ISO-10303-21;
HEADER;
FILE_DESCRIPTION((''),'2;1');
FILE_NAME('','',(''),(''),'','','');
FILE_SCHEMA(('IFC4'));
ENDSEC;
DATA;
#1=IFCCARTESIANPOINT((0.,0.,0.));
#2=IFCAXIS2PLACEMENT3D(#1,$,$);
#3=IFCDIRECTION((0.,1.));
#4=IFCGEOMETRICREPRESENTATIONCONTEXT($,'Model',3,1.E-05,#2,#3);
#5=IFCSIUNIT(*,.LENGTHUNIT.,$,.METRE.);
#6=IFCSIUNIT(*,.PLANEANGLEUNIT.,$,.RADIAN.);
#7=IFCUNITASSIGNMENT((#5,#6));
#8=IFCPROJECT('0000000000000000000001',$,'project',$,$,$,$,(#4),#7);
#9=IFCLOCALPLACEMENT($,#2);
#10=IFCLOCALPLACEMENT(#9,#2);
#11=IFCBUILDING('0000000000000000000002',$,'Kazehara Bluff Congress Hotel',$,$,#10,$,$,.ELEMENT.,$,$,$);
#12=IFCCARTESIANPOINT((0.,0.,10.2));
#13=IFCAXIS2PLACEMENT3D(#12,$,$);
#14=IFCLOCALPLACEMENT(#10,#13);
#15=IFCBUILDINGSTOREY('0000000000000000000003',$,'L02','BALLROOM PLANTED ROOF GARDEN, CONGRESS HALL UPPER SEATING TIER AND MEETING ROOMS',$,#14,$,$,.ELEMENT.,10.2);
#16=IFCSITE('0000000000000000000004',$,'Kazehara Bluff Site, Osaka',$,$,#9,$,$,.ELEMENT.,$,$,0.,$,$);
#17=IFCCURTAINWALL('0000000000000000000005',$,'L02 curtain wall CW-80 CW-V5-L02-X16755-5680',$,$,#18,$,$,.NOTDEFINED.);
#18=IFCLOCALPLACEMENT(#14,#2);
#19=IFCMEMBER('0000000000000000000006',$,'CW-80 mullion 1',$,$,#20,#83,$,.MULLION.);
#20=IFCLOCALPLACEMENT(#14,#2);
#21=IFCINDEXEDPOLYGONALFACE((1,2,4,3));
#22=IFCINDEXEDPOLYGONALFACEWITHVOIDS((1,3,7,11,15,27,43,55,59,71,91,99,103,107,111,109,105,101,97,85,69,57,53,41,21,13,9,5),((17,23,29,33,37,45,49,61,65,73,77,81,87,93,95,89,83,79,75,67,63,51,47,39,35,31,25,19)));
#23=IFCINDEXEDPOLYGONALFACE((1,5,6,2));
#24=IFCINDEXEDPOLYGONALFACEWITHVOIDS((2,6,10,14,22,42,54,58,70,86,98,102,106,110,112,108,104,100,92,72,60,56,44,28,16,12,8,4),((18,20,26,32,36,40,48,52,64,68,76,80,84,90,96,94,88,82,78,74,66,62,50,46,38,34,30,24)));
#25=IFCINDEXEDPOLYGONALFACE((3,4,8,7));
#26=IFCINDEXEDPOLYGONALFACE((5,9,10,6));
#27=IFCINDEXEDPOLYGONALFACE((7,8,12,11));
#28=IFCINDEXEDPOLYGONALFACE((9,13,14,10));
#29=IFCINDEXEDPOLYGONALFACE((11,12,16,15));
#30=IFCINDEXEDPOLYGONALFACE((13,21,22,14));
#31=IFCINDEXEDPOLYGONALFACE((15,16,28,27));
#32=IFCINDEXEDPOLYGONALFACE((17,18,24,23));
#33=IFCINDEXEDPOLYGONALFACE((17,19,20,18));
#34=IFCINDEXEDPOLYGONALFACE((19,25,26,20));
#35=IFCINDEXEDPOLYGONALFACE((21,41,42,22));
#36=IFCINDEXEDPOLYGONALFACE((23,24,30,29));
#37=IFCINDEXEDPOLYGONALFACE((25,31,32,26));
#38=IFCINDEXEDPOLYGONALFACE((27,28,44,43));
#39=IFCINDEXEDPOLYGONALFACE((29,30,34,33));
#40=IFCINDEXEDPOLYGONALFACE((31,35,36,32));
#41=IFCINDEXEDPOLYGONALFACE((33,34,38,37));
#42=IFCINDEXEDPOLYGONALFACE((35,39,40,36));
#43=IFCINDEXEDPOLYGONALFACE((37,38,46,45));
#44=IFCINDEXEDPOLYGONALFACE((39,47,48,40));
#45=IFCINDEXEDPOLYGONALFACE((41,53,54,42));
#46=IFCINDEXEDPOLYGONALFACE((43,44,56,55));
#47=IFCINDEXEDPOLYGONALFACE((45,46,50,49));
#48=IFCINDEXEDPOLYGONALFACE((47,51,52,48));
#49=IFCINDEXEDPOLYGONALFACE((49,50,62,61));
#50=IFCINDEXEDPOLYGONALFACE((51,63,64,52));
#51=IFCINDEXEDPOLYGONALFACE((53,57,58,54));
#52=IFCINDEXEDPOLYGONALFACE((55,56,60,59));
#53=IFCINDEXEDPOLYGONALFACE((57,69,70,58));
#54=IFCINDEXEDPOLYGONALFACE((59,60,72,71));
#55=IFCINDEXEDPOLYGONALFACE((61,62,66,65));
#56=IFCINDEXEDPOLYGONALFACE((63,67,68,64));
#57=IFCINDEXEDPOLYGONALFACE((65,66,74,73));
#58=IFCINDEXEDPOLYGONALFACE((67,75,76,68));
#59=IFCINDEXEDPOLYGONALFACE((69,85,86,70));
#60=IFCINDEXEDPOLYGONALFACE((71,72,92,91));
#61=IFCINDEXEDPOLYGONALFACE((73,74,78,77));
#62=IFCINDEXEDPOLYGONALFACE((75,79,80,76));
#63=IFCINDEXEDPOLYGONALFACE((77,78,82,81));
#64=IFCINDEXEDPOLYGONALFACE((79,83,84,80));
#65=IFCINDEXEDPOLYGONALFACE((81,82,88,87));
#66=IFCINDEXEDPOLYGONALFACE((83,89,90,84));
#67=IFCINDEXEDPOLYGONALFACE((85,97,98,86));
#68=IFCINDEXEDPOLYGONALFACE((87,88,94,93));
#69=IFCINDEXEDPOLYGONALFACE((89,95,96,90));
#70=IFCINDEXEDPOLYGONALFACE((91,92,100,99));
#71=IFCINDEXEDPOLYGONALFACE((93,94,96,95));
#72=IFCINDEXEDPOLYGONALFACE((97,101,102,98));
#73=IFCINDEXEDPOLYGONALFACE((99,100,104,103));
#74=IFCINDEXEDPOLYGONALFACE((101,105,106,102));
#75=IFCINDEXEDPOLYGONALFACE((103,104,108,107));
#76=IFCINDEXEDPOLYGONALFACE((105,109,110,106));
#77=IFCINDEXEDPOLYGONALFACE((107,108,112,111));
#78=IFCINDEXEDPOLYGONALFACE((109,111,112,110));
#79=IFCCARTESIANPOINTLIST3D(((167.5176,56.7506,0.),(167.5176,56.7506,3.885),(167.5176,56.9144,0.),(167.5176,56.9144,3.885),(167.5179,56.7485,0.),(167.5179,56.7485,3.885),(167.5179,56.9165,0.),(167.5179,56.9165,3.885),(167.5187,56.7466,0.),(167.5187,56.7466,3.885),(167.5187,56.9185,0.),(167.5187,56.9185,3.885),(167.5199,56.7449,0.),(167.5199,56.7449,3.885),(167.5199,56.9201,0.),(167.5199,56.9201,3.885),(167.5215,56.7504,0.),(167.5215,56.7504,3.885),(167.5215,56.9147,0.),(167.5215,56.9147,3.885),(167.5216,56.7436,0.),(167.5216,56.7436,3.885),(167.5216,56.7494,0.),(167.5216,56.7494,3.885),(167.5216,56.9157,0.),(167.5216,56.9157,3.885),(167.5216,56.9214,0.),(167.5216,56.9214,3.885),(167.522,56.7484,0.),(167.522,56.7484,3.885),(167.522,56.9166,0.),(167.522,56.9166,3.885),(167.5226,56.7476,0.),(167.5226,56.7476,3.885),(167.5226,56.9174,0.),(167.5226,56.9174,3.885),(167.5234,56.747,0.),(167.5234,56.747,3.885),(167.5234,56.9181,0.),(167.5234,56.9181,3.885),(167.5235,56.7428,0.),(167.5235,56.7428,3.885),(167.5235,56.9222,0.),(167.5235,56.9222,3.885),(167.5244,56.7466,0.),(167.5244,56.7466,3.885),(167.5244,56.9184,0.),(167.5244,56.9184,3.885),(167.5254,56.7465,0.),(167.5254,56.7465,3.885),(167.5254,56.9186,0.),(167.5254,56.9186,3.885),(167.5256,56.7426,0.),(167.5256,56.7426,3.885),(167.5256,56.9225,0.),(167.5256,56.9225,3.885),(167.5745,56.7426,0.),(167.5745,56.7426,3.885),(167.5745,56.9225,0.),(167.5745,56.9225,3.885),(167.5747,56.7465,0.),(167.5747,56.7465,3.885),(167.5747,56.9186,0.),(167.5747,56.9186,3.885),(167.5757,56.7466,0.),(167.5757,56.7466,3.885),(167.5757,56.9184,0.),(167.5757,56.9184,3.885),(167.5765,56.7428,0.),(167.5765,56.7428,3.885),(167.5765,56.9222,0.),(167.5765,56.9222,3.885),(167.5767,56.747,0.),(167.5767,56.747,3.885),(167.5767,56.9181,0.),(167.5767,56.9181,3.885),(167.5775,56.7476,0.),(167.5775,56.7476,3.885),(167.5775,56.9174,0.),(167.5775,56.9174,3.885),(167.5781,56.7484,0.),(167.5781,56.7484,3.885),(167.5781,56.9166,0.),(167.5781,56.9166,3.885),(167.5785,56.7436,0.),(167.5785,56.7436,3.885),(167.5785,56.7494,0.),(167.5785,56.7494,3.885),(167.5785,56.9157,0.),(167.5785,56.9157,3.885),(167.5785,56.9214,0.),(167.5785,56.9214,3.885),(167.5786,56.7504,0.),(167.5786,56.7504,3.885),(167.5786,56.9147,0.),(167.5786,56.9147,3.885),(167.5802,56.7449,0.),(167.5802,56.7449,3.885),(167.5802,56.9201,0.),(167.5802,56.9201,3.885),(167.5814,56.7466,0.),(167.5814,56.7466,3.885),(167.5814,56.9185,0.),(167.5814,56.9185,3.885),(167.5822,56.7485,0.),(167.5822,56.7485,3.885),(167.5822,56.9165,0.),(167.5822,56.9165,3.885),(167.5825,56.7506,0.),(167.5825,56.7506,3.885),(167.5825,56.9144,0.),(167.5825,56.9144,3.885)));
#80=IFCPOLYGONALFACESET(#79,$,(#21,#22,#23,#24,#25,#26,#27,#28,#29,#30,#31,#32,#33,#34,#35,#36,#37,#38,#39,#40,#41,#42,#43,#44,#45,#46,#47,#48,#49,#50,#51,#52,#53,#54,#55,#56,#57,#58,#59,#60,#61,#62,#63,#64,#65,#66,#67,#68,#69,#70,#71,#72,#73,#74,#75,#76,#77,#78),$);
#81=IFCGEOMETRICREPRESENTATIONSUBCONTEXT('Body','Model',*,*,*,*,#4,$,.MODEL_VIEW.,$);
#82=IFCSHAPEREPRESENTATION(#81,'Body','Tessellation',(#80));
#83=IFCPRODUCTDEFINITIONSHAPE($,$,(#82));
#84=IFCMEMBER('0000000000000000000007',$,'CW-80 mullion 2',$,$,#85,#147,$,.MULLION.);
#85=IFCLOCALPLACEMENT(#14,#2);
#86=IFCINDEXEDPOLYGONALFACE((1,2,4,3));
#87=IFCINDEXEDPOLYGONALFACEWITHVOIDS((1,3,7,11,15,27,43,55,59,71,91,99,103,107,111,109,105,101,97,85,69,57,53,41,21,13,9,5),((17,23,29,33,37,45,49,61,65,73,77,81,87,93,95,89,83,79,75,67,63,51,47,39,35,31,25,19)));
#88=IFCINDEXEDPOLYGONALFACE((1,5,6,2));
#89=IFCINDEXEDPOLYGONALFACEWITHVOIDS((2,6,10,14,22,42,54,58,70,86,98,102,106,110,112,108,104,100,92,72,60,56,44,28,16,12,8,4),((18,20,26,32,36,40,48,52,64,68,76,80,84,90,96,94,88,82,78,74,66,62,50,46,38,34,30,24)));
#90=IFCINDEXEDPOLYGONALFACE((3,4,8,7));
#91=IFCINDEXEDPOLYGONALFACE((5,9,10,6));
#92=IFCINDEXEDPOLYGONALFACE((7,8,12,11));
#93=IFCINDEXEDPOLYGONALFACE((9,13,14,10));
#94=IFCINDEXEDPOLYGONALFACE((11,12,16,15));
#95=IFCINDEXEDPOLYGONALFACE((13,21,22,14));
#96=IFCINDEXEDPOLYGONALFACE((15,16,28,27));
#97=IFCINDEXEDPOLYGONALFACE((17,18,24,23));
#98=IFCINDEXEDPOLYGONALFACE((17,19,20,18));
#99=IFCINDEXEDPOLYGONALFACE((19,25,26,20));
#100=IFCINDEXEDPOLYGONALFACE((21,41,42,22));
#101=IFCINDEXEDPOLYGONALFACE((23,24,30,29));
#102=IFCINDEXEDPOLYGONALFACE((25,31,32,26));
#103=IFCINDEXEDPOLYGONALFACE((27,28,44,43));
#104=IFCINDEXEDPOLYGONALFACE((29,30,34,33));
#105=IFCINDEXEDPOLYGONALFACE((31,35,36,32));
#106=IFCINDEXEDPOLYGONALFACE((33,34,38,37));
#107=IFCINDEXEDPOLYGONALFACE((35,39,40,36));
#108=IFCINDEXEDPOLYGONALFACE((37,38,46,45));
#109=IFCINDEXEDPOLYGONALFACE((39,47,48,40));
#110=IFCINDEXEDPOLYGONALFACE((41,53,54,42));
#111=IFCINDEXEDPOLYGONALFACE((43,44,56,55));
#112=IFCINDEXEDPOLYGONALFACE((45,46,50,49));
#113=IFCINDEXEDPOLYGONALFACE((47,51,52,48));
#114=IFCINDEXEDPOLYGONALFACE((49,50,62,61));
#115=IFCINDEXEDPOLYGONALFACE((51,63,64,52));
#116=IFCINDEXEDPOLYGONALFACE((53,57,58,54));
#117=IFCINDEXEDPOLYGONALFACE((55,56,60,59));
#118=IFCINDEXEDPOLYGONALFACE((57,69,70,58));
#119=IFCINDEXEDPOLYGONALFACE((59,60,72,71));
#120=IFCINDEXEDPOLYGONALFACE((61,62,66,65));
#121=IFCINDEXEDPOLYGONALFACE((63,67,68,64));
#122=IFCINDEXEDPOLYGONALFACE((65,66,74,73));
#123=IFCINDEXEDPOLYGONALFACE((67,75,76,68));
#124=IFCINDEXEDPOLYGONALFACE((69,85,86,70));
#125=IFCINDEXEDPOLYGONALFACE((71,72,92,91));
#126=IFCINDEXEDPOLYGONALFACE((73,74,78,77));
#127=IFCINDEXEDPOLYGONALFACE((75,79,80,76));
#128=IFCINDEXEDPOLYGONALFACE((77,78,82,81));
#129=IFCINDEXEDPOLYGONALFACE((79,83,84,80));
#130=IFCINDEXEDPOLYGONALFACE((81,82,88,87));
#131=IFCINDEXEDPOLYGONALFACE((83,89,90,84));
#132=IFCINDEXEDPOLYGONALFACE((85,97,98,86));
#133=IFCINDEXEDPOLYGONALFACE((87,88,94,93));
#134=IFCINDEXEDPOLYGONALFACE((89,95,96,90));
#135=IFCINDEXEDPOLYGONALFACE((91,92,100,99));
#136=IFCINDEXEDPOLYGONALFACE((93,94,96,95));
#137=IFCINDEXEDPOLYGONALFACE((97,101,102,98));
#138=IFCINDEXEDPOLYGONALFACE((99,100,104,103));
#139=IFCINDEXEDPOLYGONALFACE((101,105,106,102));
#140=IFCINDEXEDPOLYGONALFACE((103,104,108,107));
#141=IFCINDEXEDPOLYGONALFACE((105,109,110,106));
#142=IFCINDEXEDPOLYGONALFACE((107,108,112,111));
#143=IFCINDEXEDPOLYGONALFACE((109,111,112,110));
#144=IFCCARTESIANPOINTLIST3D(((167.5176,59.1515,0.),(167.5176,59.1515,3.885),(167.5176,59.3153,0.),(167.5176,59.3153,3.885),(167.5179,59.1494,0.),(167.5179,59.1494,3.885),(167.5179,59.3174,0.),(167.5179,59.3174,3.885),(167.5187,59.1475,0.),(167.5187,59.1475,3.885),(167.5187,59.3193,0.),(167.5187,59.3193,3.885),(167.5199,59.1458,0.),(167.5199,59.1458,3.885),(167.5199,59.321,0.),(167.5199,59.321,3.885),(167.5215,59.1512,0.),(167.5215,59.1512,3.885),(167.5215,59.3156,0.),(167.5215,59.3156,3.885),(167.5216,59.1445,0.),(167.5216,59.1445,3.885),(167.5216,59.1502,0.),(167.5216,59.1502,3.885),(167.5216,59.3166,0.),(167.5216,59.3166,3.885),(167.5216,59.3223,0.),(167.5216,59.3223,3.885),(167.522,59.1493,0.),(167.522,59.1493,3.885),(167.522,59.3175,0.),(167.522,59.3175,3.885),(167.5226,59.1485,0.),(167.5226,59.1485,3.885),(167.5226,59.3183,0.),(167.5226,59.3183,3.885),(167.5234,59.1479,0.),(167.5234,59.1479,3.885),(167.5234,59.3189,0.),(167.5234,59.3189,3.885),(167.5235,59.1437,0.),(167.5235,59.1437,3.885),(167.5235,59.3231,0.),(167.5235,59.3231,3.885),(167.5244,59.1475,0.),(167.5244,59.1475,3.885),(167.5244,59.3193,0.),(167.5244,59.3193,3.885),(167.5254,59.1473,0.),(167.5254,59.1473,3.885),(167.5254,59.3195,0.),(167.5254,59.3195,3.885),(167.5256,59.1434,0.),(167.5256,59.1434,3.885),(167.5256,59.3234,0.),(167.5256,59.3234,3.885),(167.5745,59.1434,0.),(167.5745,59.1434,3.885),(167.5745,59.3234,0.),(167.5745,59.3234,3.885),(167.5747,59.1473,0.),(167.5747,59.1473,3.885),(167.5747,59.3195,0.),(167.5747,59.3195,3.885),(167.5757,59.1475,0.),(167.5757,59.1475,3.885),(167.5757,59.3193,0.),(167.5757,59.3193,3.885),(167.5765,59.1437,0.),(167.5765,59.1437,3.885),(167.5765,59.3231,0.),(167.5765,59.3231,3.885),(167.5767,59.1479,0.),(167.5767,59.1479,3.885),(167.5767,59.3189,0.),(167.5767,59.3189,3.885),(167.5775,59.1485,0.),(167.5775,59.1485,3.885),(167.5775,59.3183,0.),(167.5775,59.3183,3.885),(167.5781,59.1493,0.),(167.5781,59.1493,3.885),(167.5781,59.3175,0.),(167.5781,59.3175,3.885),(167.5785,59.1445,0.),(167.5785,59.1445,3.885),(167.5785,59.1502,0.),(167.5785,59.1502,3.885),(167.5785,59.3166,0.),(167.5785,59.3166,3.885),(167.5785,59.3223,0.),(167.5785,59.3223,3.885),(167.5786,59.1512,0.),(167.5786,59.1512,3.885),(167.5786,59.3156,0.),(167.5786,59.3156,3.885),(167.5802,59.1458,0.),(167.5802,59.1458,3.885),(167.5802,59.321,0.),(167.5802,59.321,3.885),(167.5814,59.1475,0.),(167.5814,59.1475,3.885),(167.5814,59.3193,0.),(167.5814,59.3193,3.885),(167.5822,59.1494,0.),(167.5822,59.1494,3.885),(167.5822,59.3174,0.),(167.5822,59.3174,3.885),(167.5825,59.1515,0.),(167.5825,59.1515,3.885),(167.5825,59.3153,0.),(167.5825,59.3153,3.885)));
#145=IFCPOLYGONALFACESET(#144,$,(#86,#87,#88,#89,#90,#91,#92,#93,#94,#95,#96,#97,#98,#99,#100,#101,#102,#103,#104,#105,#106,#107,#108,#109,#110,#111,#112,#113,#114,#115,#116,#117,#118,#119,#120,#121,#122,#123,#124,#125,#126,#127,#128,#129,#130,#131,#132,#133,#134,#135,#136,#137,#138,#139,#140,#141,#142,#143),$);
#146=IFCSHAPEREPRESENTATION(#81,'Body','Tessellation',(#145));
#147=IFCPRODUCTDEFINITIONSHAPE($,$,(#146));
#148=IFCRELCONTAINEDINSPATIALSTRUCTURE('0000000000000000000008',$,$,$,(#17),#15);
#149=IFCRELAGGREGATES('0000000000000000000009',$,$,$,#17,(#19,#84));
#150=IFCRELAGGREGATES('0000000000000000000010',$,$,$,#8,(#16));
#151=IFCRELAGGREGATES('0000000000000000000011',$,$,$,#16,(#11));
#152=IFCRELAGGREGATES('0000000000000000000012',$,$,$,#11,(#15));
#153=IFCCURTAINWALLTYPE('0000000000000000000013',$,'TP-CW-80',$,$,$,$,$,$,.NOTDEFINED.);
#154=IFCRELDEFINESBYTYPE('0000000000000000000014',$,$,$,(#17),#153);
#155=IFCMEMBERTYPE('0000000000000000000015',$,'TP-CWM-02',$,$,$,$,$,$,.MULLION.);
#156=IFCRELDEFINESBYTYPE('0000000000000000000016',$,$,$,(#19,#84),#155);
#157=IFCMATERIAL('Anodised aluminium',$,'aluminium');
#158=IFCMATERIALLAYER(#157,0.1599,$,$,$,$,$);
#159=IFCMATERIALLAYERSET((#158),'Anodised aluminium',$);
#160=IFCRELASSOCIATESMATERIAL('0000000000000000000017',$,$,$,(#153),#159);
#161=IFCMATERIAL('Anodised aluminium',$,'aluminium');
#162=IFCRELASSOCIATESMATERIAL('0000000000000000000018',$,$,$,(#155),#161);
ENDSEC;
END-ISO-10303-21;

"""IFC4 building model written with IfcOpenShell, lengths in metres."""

from ifc_helpers import new_model, si_unit, direction, frame, origin, origin_2d, place, context, subcontext, project, spatial, hollow_rectangle, extrude, material, layer, layer_set, material_profile, profile_set, type_object, element, aggregate, save


model = new_model("IFC4")

# Units and contexts
model_context = context("Model", 3, precision=1e-05, world=origin(), true_north=direction((0.0, 1.0)))
body_context = subcontext(model_context, "Body", "Model", "MODEL_VIEW")
ifc_project = project(units=[si_unit("LENGTHUNIT", "METRE"), si_unit("PLANEANGLEUNIT", "RADIAN")], contexts=[model_context])

# Site, building, storey
site_placement = place(None, origin())
site = spatial("IfcSite", under=ifc_project, at=site_placement, Name="Kazehara Bluff Site, Osaka", CompositionType="ELEMENT", RefElevation=0.0)
building_placement = place(site_placement, origin())
building = spatial("IfcBuilding", under=site, at=building_placement, Name="Kazehara Bluff Congress Hotel", CompositionType="ELEMENT")
storey_placement = place(building_placement, frame((0.0, 0.0, 10.2)))
storey = spatial("IfcBuildingStorey", under=building, at=storey_placement, Name="L02", Description="BALLROOM PLANTED ROOF GARDEN, CONGRESS HALL UPPER SEATING TIER AND MEETING ROOMS", CompositionType="ELEMENT", Elevation=10.2)

# Shared definitions
ifc_material_1 = material(Name="Anodised aluminium", Category="aluminium")
ifc_layer_1 = layer(ifc_material_1, 0.1599)
ifc_layer_set_1 = layer_set([ifc_layer_1], Name="Anodised aluminium")
curtain_wall_type = type_object("IfcCurtainWallType", Name="TP-CW-80", PredefinedType="NOTDEFINED", material=ifc_layer_set_1)
ifc_material_2 = material(Name="Anodised aluminium", Category="aluminium")
ifc_material_profile_1 = material_profile(ifc_material_2, hollow_rectangle(XDim=0.0649, YDim=0.1799, WallThickness=0.0039, InnerFilletRadius=0.0039, OuterFilletRadius=0.0081, at=origin_2d()))
ifc_profile_set_1 = profile_set([ifc_material_profile_1], Name="Anodised aluminium")
member_type_1 = type_object("IfcMemberType", Name="TP-CWM-02", PredefinedType="MULLION", material=ifc_profile_set_1)

# Curtain wall, members
curtain_wall_1_placement = place(storey_placement, origin())
curtain_wall_1 = element("IfcCurtainWall", 1, at=curtain_wall_1_placement, inside=storey, type_object=curtain_wall_type, Name="L02 curtain wall CW-80 CW-V5-L02-X16755-5680", PredefinedType="NOTDEFINED")
member_1_placement = place(storey_placement, frame((167.55, 56.8325, 0.0), z_axis=(0.0, 0.0, 1.0), x_axis=(-1.0, 0.0, 0.0)))
member_1 = element("IfcMember", 2, at=member_1_placement, type_object=member_type_1, Name="CW-80 mullion 1", PredefinedType="MULLION", context=body_context, shape_type="SweptSolid", body=[
    extrude(hollow_rectangle(XDim=0.0649, YDim=0.1799, WallThickness=0.0039, InnerFilletRadius=0.0039, OuterFilletRadius=0.0081, at=origin_2d()), origin(), (0.0, 0.0, 1.0), 3.885),
])
member_2_placement = place(storey_placement, frame((167.55, 59.2334, 0.0), z_axis=(0.0, 0.0, 1.0), x_axis=(-1.0, 0.0, 0.0)))
member_2 = element("IfcMember", 3, at=member_2_placement, type_object=member_type_1, Name="CW-80 mullion 2", PredefinedType="MULLION", context=body_context, shape_type="SweptSolid", body=[
    extrude(hollow_rectangle(XDim=0.0649, YDim=0.1799, WallThickness=0.0039, InnerFilletRadius=0.0039, OuterFilletRadius=0.0081, at=origin_2d()), origin(), (0.0, 0.0, 1.0), 3.885),
])

aggregate(curtain_wall_1, [member_1, member_2])

save(model, "model.ifc")
